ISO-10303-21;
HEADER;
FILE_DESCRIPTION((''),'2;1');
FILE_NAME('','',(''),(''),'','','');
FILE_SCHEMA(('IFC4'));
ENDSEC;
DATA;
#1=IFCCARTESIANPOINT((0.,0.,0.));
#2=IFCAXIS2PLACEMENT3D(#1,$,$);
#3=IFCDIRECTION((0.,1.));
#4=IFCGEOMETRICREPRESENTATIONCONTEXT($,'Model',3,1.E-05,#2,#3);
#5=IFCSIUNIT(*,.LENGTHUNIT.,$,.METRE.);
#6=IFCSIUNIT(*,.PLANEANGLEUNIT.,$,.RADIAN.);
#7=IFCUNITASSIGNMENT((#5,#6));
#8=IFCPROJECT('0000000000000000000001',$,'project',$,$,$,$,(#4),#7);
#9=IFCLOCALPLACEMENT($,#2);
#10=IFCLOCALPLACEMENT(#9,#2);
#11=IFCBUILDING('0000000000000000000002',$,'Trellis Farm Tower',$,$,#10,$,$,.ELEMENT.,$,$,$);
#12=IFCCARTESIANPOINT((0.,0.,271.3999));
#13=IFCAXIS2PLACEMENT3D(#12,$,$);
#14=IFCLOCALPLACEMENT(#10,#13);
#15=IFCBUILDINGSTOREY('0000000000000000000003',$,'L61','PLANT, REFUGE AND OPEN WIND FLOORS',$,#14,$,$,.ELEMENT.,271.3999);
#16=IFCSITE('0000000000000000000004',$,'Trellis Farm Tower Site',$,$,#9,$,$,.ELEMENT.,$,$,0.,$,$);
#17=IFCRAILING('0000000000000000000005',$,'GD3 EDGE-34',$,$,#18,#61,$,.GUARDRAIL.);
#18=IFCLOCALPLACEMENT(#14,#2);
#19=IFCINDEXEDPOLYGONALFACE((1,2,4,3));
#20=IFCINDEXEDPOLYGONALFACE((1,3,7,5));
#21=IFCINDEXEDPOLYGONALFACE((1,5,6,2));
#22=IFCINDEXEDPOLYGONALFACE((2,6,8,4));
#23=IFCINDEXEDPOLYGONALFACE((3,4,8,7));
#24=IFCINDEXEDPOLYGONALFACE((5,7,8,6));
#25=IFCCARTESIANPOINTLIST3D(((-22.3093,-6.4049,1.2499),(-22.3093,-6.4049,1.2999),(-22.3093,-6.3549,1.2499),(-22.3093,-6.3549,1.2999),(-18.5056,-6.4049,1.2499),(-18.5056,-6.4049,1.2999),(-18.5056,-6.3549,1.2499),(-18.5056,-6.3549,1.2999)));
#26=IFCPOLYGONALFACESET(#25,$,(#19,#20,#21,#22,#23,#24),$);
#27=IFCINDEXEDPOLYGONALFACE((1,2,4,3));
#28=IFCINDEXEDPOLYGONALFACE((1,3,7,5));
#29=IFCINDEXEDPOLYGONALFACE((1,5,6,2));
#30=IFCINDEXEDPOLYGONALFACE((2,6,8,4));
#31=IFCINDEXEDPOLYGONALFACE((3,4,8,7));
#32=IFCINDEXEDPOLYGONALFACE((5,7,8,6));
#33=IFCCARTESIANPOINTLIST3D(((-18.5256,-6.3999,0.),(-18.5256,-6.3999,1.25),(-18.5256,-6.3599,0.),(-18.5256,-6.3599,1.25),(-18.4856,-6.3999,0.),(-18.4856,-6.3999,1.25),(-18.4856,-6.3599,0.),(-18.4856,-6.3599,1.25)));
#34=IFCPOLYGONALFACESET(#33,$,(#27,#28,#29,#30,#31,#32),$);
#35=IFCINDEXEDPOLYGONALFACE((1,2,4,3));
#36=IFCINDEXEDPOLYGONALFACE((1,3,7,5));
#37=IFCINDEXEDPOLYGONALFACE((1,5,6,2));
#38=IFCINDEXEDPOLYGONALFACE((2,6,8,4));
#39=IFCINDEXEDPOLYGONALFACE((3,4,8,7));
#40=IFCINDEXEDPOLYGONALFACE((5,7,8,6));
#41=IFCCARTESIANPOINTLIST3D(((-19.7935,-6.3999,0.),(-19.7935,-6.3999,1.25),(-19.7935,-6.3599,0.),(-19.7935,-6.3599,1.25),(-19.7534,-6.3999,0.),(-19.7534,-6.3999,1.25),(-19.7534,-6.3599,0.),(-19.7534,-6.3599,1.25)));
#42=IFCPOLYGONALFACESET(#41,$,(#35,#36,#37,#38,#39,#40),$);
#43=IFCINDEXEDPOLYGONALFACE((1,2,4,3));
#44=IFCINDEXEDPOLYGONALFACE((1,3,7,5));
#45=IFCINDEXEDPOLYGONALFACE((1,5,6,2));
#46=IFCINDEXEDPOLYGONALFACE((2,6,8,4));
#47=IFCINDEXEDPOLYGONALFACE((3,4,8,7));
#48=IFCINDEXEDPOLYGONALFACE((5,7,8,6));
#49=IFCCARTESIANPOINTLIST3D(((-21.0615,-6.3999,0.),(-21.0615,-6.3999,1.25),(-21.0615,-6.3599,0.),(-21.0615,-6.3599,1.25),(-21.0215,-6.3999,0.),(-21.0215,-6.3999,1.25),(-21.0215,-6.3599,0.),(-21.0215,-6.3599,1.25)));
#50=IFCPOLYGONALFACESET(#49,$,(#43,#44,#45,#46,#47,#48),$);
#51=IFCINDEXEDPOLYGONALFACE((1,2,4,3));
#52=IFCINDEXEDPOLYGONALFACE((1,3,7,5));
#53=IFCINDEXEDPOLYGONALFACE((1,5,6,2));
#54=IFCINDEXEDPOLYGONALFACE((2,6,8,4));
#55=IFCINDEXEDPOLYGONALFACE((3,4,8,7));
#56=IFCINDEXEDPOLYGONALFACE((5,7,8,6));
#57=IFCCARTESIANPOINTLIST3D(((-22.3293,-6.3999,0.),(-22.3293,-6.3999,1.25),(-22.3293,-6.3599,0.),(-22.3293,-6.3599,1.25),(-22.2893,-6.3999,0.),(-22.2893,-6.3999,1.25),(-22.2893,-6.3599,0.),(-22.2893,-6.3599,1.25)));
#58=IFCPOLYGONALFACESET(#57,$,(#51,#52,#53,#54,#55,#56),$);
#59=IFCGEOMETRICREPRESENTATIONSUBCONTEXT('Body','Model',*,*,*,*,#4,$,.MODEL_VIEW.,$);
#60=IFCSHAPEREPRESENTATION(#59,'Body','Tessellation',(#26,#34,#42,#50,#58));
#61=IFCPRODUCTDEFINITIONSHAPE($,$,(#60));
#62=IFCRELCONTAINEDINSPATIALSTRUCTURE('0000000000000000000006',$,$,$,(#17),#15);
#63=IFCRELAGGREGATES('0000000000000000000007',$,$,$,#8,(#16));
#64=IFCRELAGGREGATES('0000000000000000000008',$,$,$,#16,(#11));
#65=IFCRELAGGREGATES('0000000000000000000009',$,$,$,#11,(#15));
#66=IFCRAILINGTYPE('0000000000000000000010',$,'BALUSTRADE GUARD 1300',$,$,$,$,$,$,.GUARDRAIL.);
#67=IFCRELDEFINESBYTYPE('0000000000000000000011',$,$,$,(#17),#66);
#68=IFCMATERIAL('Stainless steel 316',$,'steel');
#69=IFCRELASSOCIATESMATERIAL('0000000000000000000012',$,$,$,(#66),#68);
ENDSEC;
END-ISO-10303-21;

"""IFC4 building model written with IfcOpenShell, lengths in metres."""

from ifc_helpers import new_model, si_unit, direction, frame, origin, origin_2d, place, context, subcontext, project, spatial, rectangle, extrude, source, transform, mapped, material, type_object, element, save


model = new_model("IFC4")

# Units and contexts
model_context = context("Model", 3, precision=1e-05, world=origin(), true_north=direction((0.0, 1.0)))
body_context = subcontext(model_context, "Body", "Model", "MODEL_VIEW")
ifc_project = project(units=[si_unit("LENGTHUNIT", "METRE"), si_unit("PLANEANGLEUNIT", "RADIAN")], contexts=[model_context])

# Site, building, storey
site_placement = place(None, origin())
site = spatial("IfcSite", under=ifc_project, at=site_placement, Name="Trellis Farm Tower Site", CompositionType="ELEMENT", RefElevation=0.0)
building_placement = place(site_placement, origin())
building = spatial("IfcBuilding", under=site, at=building_placement, Name="Trellis Farm Tower", CompositionType="ELEMENT")
storey_placement = place(building_placement, frame((0.0, 0.0, 271.3999)))
storey = spatial("IfcBuildingStorey", under=building, at=storey_placement, Name="L61", Description="PLANT, REFUGE AND OPEN WIND FLOORS", CompositionType="ELEMENT", Elevation=271.3999)

# Railing
ifc_material_1 = material(Name="Stainless steel 316", Category="steel")
railing_type_1 = type_object("IfcRailingType", Name="BALUSTRADE GUARD 1300", PredefinedType="GUARDRAIL", material=ifc_material_1)
shared_shape_1 = source(origin(), body_context, "Body", "SweptSolid", [
    extrude(rectangle(XDim=0.05, YDim=0.05, at=origin_2d()), frame((0.0, 0.0, 1.2749), z_axis=(-1.0, 0.0, 0.0), x_axis=(0.0, -1.0, 0.0)), (0.0, 0.0, 1.0), 3.8037),
    extrude(rectangle(XDim=0.04, YDim=0.04, at=origin_2d()), origin(), (0.0, 0.0, 1.0), 1.25),
    extrude(rectangle(XDim=0.04, YDim=0.04, at=origin_2d()), frame((-1.2678, 0.0, 0.0)), (0.0, 0.0, 1.0), 1.25),
    extrude(rectangle(XDim=0.04, YDim=0.04, at=origin_2d()), frame((-2.5359, 0.0, 0.0)), (0.0, 0.0, 1.0), 1.25),
    extrude(rectangle(XDim=0.04, YDim=0.04, at=origin_2d()), frame((-3.8037, 0.0, 0.0)), (0.0, 0.0, 1.0), 1.25),
])
for number, where, name in (
    (1, (-18.5056, -6.3799, 0.0), "GD3 EDGE-34"),
):
    element("IfcRailing", number, at=place(storey_placement, frame(where)), inside=storey, type_object=railing_type_1, Name=name, PredefinedType="GUARDRAIL", context=body_context, shape_type="MappedRepresentation", body=[
        mapped(shared_shape_1, transform((0.0, 0.0, 0.0))),
    ])

save(model, "model.ifc")
